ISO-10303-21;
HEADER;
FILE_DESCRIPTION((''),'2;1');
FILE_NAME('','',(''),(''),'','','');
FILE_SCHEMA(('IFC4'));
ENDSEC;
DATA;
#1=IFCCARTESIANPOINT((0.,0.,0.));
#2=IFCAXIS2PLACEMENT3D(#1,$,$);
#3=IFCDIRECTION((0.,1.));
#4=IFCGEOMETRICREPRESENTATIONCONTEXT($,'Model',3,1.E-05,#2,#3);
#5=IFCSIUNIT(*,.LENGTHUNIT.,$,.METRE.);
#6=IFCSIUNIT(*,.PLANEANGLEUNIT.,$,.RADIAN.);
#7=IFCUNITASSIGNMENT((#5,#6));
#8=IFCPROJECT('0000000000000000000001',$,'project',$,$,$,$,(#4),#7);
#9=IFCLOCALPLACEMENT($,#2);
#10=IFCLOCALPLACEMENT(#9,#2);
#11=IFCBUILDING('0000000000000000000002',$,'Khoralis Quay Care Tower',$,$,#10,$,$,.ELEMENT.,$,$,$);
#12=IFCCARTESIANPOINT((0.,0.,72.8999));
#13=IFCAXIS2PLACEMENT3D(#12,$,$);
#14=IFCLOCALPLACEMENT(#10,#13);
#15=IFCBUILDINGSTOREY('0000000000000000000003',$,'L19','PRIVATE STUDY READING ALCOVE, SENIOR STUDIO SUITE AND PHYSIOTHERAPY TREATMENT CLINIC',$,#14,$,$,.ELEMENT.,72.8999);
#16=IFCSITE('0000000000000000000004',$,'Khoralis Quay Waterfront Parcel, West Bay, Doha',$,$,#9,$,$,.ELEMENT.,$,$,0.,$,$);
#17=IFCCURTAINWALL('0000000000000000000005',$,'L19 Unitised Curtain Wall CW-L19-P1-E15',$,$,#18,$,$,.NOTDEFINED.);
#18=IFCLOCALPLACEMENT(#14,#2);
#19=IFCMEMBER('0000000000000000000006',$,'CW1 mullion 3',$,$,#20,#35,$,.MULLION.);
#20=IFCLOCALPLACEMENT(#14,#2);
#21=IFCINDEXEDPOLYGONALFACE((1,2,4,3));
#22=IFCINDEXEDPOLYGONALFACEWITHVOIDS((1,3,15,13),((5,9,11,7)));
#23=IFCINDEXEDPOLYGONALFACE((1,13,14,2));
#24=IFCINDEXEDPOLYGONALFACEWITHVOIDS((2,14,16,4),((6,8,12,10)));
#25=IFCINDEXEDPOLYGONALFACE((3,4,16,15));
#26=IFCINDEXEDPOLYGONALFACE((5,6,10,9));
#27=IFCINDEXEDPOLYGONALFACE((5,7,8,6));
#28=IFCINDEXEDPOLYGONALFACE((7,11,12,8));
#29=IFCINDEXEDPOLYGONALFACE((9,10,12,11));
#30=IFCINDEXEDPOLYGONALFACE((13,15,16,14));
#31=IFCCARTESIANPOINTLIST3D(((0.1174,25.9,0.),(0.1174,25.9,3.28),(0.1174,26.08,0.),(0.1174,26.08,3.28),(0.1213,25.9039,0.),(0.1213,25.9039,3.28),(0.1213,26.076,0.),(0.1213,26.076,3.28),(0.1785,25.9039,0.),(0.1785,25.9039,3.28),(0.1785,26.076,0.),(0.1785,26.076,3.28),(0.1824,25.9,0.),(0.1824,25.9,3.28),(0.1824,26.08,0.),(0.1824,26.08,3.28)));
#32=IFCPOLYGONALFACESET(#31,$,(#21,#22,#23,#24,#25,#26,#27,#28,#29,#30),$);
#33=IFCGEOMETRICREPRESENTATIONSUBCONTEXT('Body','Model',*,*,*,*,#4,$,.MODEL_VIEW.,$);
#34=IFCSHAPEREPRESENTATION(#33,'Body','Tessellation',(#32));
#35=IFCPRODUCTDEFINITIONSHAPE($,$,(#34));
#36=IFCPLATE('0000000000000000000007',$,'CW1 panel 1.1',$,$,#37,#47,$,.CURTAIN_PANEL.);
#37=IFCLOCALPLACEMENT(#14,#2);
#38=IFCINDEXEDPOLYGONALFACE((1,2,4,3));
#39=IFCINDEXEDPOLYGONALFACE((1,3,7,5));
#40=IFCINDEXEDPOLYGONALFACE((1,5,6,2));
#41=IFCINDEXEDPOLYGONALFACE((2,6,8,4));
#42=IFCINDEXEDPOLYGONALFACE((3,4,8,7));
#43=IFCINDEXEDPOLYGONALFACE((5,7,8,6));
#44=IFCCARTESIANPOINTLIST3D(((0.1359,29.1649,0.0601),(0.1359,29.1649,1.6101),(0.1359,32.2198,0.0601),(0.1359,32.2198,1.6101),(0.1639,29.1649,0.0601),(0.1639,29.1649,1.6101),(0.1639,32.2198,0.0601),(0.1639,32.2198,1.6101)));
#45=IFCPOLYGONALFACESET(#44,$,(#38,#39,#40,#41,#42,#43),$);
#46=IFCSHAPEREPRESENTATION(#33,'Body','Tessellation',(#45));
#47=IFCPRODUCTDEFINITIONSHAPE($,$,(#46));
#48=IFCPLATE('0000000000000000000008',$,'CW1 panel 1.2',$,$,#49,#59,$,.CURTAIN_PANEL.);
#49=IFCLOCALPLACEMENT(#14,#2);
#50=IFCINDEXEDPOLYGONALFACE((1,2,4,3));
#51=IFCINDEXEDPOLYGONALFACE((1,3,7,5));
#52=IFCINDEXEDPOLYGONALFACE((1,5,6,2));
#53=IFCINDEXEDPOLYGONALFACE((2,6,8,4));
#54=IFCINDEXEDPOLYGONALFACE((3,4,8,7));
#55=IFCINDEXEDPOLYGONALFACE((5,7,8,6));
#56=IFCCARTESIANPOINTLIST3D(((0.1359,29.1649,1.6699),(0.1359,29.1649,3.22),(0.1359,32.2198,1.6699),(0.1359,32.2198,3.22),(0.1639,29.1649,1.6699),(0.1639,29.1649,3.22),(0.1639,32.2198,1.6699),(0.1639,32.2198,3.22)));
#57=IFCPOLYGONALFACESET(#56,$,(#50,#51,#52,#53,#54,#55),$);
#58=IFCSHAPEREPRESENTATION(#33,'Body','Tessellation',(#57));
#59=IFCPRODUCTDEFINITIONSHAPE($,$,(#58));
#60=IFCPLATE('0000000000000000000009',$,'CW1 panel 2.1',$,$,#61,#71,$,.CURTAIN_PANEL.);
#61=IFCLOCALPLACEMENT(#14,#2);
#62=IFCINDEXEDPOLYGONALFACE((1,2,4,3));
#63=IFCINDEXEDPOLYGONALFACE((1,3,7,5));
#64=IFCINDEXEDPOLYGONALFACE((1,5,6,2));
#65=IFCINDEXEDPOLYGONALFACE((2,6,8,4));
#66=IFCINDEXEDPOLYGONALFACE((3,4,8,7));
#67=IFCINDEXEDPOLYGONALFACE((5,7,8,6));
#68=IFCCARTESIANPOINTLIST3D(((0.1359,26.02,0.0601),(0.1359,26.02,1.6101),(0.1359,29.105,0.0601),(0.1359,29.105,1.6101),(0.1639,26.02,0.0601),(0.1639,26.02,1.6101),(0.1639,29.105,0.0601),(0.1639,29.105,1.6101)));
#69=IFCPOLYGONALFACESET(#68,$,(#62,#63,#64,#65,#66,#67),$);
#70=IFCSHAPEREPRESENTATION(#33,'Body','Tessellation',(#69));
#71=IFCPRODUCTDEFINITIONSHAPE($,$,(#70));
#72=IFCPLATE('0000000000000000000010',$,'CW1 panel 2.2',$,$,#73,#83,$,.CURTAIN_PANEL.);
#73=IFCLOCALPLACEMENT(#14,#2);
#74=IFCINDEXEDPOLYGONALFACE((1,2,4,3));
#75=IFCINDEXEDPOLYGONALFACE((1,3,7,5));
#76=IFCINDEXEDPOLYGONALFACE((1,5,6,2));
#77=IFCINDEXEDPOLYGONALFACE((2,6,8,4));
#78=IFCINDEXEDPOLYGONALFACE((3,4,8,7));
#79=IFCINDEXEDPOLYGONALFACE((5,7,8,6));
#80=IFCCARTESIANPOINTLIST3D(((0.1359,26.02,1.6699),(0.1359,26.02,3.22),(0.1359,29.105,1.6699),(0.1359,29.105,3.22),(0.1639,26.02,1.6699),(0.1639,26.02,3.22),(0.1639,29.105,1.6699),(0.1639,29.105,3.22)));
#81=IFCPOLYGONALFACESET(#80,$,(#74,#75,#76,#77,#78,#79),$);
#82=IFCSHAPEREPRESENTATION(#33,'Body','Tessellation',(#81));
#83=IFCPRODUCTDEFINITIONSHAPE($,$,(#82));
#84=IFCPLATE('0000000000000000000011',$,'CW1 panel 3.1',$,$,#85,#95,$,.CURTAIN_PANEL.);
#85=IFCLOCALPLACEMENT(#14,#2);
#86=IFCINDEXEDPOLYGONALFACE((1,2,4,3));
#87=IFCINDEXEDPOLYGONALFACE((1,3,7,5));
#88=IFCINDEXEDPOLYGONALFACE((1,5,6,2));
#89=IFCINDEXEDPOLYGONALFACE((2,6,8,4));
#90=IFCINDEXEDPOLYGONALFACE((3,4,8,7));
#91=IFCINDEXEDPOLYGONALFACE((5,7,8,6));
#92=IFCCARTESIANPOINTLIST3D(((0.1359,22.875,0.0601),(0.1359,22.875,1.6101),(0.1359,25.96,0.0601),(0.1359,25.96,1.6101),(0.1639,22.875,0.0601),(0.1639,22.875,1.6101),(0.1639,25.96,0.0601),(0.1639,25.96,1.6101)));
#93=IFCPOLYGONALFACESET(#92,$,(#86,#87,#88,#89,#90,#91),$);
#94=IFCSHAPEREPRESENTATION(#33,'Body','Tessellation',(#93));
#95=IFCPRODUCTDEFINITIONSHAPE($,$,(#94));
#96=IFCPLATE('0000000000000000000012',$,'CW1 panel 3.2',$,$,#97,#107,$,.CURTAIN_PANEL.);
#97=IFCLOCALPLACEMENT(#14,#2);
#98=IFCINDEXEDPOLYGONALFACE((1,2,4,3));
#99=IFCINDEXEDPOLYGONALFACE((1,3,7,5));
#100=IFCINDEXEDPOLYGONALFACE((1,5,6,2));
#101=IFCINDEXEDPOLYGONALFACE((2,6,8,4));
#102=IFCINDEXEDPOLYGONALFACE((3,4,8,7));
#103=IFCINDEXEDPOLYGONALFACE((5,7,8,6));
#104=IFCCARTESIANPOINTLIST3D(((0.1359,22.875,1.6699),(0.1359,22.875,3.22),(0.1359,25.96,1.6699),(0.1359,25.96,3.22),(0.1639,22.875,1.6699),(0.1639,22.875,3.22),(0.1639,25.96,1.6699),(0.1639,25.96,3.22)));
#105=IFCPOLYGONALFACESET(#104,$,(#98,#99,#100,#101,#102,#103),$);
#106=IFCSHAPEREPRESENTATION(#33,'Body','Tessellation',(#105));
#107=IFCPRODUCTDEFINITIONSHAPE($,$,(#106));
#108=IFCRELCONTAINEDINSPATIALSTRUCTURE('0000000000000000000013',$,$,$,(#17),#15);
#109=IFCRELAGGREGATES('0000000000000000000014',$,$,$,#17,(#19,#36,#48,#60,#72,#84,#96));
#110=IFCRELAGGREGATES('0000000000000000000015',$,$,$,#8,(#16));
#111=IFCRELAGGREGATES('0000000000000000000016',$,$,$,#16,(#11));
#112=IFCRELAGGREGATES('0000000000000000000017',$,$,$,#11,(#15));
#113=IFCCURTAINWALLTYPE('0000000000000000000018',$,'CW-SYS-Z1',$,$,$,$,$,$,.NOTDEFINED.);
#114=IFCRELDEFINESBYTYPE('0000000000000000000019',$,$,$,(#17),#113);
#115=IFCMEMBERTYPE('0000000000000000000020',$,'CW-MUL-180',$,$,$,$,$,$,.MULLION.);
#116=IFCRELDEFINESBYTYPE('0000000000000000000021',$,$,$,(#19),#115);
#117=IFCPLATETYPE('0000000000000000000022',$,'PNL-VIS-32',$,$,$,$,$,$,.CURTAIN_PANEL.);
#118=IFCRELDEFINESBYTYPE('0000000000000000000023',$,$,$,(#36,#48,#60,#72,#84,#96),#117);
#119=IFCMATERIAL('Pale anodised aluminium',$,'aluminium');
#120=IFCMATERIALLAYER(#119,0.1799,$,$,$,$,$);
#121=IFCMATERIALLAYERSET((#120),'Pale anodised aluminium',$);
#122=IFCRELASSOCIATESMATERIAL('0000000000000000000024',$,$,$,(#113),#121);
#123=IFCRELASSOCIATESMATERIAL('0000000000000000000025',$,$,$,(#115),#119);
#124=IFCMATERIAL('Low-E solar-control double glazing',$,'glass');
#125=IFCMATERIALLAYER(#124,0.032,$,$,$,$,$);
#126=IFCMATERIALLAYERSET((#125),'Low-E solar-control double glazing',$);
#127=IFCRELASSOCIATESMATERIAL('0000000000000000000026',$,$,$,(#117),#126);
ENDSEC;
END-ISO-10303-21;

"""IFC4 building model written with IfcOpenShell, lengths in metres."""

from ifc_helpers import new_model, si_unit, direction, frame, origin, origin_2d, place, context, subcontext, project, spatial, rectangle, hollow_rectangle, extrude, source, transform, mapped, material, layer, layer_set, material_profile, profile_set, type_object, element, aggregate, save


model = new_model("IFC4")

# Units and contexts
model_context = context("Model", 3, precision=1e-05, world=origin(), true_north=direction((0.0, 1.0)))
body_context = subcontext(model_context, "Body", "Model", "MODEL_VIEW")
ifc_project = project(units=[si_unit("LENGTHUNIT", "METRE"), si_unit("PLANEANGLEUNIT", "RADIAN")], contexts=[model_context])

# Site, building, storey
site_placement = place(None, origin())
site = spatial("IfcSite", under=ifc_project, at=site_placement, Name="Khoralis Quay Waterfront Parcel, West Bay, Doha", CompositionType="ELEMENT", RefElevation=0.0)
building_placement = place(site_placement, origin())
building = spatial("IfcBuilding", under=site, at=building_placement, Name="Khoralis Quay Care Tower", CompositionType="ELEMENT")
storey_placement = place(building_placement, frame((0.0, 0.0, 72.8999)))
storey = spatial("IfcBuildingStorey", under=building, at=storey_placement, Name="L19", Description="PRIVATE STUDY READING ALCOVE, SENIOR STUDIO SUITE AND PHYSIOTHERAPY TREATMENT CLINIC", CompositionType="ELEMENT", Elevation=72.8999)

# Curtain wall, member, plates
ifc_material_1 = material(Name="Pale anodised aluminium", Category="aluminium")
ifc_layer_1 = layer(ifc_material_1, 0.1799)
ifc_layer_set_1 = layer_set([ifc_layer_1], Name="Pale anodised aluminium")
curtain_wall_type = type_object("IfcCurtainWallType", Name="CW-SYS-Z1", PredefinedType="NOTDEFINED", material=ifc_layer_set_1)
curtain_wall_placement = place(storey_placement, origin())
curtain_wall = element("IfcCurtainWall", 1, at=curtain_wall_placement, inside=storey, type_object=curtain_wall_type, Name="L19 Unitised Curtain Wall CW-L19-P1-E15", PredefinedType="NOTDEFINED")
ifc_material_profile_1 = material_profile(ifc_material_1, hollow_rectangle(XDim=0.0649, YDim=0.1799, WallThickness=0.0039, at=origin_2d()), Name="Pale anodised aluminium")
ifc_profile_set_1 = profile_set([ifc_material_profile_1], Name="Pale anodised aluminium")
member_type_1 = type_object("IfcMemberType", Name="CW-MUL-180", PredefinedType="MULLION", material=ifc_profile_set_1)
shared_shape_1 = source(origin(), body_context, "Body", "SweptSolid", [
    extrude(hollow_rectangle(XDim=0.0649, YDim=0.1799, WallThickness=0.0039, at=origin_2d()), origin(), (0.0, 0.0, 1.0), 3.28),
])
member_1_placement = place(storey_placement, frame((0.1499, 25.99, 0.0), z_axis=(0.0, 0.0, 1.0), x_axis=(1.0, 0.0, 0.0)))
member_1 = element("IfcMember", 2, at=member_1_placement, type_object=member_type_1, Name="CW1 mullion 3", PredefinedType="MULLION", context=body_context, shape_type="MappedRepresentation", body=[
    mapped(shared_shape_1, transform((0.0, 0.0, 0.0), scale=1.0)),
])
ifc_material_2 = material(Name="Low-E solar-control double glazing", Category="glass")
ifc_layer_2 = layer(ifc_material_2, 0.032)
ifc_layer_set_2 = layer_set([ifc_layer_2], Name="Low-E solar-control double glazing")
plate_type = type_object("IfcPlateType", Name="PNL-VIS-32", PredefinedType="CURTAIN_PANEL", material=ifc_layer_set_2)
shared_shape_2 = source(origin(), body_context, "Body", "SweptSolid", [
    extrude(rectangle(XDim=3.0549, YDim=0.0281, at=origin_2d()), origin(), (0.0, 0.0, 1.0), 1.55),
])
plate_1_placement = place(storey_placement, frame((0.1499, 30.6924, 0.0601), z_axis=(0.0, 0.0, 1.0), x_axis=(0.0, -1.0, 0.0)))
plate_1 = element("IfcPlate", 3, at=plate_1_placement, type_object=plate_type, Name="CW1 panel 1.1", PredefinedType="CURTAIN_PANEL", context=body_context, shape_type="MappedRepresentation", body=[
    mapped(shared_shape_2, transform((0.0, 0.0, 0.0), scale=1.0)),
])
plate_2_placement = place(storey_placement, frame((0.1499, 30.6924, 1.6699), z_axis=(0.0, 0.0, 1.0), x_axis=(0.0, -1.0, 0.0)))
plate_2 = element("IfcPlate", 4, at=plate_2_placement, type_object=plate_type, Name="CW1 panel 1.2", PredefinedType="CURTAIN_PANEL", context=body_context, shape_type="MappedRepresentation", body=[
    mapped(shared_shape_2, transform((0.0, 0.0, 0.0), scale=1.0)),
])
shared_shape_3 = source(origin(), body_context, "Body", "SweptSolid", [
    extrude(rectangle(XDim=3.085, YDim=0.0281, at=origin_2d()), origin(), (0.0, 0.0, 1.0), 1.55),
])
plate_3_placement = place(storey_placement, frame((0.1499, 27.5625, 0.0601), z_axis=(0.0, 0.0, 1.0), x_axis=(0.0, -1.0, 0.0)))
plate_3 = element("IfcPlate", 5, at=plate_3_placement, type_object=plate_type, Name="CW1 panel 2.1", PredefinedType="CURTAIN_PANEL", context=body_context, shape_type="MappedRepresentation", body=[
    mapped(shared_shape_3, transform((0.0, 0.0, 0.0), scale=1.0)),
])
plate_4_placement = place(storey_placement, frame((0.1499, 27.5625, 1.6699), z_axis=(0.0, 0.0, 1.0), x_axis=(0.0, -1.0, 0.0)))
plate_4 = element("IfcPlate", 6, at=plate_4_placement, type_object=plate_type, Name="CW1 panel 2.2", PredefinedType="CURTAIN_PANEL", context=body_context, shape_type="MappedRepresentation", body=[
    mapped(shared_shape_3, transform((0.0, 0.0, 0.0), scale=1.0)),
])
plate_5_placement = place(storey_placement, frame((0.1499, 24.4175, 0.0601), z_axis=(0.0, 0.0, 1.0), x_axis=(0.0, -1.0, 0.0)))
plate_5 = element("IfcPlate", 7, at=plate_5_placement, type_object=plate_type, Name="CW1 panel 3.1", PredefinedType="CURTAIN_PANEL", context=body_context, shape_type="MappedRepresentation", body=[
    mapped(shared_shape_3, transform((0.0, 0.0, 0.0), scale=1.0)),
])
plate_6_placement = place(storey_placement, frame((0.1499, 24.4175, 1.6699), z_axis=(0.0, 0.0, 1.0), x_axis=(0.0, -1.0, 0.0)))
plate_6 = element("IfcPlate", 8, at=plate_6_placement, type_object=plate_type, Name="CW1 panel 3.2", PredefinedType="CURTAIN_PANEL", context=body_context, shape_type="MappedRepresentation", body=[
    mapped(shared_shape_3, transform((0.0, 0.0, 0.0), scale=1.0)),
])
aggregate(curtain_wall, [member_1, plate_1, plate_2, plate_3, plate_4, plate_5, plate_6])

save(model, "model.ifc")
